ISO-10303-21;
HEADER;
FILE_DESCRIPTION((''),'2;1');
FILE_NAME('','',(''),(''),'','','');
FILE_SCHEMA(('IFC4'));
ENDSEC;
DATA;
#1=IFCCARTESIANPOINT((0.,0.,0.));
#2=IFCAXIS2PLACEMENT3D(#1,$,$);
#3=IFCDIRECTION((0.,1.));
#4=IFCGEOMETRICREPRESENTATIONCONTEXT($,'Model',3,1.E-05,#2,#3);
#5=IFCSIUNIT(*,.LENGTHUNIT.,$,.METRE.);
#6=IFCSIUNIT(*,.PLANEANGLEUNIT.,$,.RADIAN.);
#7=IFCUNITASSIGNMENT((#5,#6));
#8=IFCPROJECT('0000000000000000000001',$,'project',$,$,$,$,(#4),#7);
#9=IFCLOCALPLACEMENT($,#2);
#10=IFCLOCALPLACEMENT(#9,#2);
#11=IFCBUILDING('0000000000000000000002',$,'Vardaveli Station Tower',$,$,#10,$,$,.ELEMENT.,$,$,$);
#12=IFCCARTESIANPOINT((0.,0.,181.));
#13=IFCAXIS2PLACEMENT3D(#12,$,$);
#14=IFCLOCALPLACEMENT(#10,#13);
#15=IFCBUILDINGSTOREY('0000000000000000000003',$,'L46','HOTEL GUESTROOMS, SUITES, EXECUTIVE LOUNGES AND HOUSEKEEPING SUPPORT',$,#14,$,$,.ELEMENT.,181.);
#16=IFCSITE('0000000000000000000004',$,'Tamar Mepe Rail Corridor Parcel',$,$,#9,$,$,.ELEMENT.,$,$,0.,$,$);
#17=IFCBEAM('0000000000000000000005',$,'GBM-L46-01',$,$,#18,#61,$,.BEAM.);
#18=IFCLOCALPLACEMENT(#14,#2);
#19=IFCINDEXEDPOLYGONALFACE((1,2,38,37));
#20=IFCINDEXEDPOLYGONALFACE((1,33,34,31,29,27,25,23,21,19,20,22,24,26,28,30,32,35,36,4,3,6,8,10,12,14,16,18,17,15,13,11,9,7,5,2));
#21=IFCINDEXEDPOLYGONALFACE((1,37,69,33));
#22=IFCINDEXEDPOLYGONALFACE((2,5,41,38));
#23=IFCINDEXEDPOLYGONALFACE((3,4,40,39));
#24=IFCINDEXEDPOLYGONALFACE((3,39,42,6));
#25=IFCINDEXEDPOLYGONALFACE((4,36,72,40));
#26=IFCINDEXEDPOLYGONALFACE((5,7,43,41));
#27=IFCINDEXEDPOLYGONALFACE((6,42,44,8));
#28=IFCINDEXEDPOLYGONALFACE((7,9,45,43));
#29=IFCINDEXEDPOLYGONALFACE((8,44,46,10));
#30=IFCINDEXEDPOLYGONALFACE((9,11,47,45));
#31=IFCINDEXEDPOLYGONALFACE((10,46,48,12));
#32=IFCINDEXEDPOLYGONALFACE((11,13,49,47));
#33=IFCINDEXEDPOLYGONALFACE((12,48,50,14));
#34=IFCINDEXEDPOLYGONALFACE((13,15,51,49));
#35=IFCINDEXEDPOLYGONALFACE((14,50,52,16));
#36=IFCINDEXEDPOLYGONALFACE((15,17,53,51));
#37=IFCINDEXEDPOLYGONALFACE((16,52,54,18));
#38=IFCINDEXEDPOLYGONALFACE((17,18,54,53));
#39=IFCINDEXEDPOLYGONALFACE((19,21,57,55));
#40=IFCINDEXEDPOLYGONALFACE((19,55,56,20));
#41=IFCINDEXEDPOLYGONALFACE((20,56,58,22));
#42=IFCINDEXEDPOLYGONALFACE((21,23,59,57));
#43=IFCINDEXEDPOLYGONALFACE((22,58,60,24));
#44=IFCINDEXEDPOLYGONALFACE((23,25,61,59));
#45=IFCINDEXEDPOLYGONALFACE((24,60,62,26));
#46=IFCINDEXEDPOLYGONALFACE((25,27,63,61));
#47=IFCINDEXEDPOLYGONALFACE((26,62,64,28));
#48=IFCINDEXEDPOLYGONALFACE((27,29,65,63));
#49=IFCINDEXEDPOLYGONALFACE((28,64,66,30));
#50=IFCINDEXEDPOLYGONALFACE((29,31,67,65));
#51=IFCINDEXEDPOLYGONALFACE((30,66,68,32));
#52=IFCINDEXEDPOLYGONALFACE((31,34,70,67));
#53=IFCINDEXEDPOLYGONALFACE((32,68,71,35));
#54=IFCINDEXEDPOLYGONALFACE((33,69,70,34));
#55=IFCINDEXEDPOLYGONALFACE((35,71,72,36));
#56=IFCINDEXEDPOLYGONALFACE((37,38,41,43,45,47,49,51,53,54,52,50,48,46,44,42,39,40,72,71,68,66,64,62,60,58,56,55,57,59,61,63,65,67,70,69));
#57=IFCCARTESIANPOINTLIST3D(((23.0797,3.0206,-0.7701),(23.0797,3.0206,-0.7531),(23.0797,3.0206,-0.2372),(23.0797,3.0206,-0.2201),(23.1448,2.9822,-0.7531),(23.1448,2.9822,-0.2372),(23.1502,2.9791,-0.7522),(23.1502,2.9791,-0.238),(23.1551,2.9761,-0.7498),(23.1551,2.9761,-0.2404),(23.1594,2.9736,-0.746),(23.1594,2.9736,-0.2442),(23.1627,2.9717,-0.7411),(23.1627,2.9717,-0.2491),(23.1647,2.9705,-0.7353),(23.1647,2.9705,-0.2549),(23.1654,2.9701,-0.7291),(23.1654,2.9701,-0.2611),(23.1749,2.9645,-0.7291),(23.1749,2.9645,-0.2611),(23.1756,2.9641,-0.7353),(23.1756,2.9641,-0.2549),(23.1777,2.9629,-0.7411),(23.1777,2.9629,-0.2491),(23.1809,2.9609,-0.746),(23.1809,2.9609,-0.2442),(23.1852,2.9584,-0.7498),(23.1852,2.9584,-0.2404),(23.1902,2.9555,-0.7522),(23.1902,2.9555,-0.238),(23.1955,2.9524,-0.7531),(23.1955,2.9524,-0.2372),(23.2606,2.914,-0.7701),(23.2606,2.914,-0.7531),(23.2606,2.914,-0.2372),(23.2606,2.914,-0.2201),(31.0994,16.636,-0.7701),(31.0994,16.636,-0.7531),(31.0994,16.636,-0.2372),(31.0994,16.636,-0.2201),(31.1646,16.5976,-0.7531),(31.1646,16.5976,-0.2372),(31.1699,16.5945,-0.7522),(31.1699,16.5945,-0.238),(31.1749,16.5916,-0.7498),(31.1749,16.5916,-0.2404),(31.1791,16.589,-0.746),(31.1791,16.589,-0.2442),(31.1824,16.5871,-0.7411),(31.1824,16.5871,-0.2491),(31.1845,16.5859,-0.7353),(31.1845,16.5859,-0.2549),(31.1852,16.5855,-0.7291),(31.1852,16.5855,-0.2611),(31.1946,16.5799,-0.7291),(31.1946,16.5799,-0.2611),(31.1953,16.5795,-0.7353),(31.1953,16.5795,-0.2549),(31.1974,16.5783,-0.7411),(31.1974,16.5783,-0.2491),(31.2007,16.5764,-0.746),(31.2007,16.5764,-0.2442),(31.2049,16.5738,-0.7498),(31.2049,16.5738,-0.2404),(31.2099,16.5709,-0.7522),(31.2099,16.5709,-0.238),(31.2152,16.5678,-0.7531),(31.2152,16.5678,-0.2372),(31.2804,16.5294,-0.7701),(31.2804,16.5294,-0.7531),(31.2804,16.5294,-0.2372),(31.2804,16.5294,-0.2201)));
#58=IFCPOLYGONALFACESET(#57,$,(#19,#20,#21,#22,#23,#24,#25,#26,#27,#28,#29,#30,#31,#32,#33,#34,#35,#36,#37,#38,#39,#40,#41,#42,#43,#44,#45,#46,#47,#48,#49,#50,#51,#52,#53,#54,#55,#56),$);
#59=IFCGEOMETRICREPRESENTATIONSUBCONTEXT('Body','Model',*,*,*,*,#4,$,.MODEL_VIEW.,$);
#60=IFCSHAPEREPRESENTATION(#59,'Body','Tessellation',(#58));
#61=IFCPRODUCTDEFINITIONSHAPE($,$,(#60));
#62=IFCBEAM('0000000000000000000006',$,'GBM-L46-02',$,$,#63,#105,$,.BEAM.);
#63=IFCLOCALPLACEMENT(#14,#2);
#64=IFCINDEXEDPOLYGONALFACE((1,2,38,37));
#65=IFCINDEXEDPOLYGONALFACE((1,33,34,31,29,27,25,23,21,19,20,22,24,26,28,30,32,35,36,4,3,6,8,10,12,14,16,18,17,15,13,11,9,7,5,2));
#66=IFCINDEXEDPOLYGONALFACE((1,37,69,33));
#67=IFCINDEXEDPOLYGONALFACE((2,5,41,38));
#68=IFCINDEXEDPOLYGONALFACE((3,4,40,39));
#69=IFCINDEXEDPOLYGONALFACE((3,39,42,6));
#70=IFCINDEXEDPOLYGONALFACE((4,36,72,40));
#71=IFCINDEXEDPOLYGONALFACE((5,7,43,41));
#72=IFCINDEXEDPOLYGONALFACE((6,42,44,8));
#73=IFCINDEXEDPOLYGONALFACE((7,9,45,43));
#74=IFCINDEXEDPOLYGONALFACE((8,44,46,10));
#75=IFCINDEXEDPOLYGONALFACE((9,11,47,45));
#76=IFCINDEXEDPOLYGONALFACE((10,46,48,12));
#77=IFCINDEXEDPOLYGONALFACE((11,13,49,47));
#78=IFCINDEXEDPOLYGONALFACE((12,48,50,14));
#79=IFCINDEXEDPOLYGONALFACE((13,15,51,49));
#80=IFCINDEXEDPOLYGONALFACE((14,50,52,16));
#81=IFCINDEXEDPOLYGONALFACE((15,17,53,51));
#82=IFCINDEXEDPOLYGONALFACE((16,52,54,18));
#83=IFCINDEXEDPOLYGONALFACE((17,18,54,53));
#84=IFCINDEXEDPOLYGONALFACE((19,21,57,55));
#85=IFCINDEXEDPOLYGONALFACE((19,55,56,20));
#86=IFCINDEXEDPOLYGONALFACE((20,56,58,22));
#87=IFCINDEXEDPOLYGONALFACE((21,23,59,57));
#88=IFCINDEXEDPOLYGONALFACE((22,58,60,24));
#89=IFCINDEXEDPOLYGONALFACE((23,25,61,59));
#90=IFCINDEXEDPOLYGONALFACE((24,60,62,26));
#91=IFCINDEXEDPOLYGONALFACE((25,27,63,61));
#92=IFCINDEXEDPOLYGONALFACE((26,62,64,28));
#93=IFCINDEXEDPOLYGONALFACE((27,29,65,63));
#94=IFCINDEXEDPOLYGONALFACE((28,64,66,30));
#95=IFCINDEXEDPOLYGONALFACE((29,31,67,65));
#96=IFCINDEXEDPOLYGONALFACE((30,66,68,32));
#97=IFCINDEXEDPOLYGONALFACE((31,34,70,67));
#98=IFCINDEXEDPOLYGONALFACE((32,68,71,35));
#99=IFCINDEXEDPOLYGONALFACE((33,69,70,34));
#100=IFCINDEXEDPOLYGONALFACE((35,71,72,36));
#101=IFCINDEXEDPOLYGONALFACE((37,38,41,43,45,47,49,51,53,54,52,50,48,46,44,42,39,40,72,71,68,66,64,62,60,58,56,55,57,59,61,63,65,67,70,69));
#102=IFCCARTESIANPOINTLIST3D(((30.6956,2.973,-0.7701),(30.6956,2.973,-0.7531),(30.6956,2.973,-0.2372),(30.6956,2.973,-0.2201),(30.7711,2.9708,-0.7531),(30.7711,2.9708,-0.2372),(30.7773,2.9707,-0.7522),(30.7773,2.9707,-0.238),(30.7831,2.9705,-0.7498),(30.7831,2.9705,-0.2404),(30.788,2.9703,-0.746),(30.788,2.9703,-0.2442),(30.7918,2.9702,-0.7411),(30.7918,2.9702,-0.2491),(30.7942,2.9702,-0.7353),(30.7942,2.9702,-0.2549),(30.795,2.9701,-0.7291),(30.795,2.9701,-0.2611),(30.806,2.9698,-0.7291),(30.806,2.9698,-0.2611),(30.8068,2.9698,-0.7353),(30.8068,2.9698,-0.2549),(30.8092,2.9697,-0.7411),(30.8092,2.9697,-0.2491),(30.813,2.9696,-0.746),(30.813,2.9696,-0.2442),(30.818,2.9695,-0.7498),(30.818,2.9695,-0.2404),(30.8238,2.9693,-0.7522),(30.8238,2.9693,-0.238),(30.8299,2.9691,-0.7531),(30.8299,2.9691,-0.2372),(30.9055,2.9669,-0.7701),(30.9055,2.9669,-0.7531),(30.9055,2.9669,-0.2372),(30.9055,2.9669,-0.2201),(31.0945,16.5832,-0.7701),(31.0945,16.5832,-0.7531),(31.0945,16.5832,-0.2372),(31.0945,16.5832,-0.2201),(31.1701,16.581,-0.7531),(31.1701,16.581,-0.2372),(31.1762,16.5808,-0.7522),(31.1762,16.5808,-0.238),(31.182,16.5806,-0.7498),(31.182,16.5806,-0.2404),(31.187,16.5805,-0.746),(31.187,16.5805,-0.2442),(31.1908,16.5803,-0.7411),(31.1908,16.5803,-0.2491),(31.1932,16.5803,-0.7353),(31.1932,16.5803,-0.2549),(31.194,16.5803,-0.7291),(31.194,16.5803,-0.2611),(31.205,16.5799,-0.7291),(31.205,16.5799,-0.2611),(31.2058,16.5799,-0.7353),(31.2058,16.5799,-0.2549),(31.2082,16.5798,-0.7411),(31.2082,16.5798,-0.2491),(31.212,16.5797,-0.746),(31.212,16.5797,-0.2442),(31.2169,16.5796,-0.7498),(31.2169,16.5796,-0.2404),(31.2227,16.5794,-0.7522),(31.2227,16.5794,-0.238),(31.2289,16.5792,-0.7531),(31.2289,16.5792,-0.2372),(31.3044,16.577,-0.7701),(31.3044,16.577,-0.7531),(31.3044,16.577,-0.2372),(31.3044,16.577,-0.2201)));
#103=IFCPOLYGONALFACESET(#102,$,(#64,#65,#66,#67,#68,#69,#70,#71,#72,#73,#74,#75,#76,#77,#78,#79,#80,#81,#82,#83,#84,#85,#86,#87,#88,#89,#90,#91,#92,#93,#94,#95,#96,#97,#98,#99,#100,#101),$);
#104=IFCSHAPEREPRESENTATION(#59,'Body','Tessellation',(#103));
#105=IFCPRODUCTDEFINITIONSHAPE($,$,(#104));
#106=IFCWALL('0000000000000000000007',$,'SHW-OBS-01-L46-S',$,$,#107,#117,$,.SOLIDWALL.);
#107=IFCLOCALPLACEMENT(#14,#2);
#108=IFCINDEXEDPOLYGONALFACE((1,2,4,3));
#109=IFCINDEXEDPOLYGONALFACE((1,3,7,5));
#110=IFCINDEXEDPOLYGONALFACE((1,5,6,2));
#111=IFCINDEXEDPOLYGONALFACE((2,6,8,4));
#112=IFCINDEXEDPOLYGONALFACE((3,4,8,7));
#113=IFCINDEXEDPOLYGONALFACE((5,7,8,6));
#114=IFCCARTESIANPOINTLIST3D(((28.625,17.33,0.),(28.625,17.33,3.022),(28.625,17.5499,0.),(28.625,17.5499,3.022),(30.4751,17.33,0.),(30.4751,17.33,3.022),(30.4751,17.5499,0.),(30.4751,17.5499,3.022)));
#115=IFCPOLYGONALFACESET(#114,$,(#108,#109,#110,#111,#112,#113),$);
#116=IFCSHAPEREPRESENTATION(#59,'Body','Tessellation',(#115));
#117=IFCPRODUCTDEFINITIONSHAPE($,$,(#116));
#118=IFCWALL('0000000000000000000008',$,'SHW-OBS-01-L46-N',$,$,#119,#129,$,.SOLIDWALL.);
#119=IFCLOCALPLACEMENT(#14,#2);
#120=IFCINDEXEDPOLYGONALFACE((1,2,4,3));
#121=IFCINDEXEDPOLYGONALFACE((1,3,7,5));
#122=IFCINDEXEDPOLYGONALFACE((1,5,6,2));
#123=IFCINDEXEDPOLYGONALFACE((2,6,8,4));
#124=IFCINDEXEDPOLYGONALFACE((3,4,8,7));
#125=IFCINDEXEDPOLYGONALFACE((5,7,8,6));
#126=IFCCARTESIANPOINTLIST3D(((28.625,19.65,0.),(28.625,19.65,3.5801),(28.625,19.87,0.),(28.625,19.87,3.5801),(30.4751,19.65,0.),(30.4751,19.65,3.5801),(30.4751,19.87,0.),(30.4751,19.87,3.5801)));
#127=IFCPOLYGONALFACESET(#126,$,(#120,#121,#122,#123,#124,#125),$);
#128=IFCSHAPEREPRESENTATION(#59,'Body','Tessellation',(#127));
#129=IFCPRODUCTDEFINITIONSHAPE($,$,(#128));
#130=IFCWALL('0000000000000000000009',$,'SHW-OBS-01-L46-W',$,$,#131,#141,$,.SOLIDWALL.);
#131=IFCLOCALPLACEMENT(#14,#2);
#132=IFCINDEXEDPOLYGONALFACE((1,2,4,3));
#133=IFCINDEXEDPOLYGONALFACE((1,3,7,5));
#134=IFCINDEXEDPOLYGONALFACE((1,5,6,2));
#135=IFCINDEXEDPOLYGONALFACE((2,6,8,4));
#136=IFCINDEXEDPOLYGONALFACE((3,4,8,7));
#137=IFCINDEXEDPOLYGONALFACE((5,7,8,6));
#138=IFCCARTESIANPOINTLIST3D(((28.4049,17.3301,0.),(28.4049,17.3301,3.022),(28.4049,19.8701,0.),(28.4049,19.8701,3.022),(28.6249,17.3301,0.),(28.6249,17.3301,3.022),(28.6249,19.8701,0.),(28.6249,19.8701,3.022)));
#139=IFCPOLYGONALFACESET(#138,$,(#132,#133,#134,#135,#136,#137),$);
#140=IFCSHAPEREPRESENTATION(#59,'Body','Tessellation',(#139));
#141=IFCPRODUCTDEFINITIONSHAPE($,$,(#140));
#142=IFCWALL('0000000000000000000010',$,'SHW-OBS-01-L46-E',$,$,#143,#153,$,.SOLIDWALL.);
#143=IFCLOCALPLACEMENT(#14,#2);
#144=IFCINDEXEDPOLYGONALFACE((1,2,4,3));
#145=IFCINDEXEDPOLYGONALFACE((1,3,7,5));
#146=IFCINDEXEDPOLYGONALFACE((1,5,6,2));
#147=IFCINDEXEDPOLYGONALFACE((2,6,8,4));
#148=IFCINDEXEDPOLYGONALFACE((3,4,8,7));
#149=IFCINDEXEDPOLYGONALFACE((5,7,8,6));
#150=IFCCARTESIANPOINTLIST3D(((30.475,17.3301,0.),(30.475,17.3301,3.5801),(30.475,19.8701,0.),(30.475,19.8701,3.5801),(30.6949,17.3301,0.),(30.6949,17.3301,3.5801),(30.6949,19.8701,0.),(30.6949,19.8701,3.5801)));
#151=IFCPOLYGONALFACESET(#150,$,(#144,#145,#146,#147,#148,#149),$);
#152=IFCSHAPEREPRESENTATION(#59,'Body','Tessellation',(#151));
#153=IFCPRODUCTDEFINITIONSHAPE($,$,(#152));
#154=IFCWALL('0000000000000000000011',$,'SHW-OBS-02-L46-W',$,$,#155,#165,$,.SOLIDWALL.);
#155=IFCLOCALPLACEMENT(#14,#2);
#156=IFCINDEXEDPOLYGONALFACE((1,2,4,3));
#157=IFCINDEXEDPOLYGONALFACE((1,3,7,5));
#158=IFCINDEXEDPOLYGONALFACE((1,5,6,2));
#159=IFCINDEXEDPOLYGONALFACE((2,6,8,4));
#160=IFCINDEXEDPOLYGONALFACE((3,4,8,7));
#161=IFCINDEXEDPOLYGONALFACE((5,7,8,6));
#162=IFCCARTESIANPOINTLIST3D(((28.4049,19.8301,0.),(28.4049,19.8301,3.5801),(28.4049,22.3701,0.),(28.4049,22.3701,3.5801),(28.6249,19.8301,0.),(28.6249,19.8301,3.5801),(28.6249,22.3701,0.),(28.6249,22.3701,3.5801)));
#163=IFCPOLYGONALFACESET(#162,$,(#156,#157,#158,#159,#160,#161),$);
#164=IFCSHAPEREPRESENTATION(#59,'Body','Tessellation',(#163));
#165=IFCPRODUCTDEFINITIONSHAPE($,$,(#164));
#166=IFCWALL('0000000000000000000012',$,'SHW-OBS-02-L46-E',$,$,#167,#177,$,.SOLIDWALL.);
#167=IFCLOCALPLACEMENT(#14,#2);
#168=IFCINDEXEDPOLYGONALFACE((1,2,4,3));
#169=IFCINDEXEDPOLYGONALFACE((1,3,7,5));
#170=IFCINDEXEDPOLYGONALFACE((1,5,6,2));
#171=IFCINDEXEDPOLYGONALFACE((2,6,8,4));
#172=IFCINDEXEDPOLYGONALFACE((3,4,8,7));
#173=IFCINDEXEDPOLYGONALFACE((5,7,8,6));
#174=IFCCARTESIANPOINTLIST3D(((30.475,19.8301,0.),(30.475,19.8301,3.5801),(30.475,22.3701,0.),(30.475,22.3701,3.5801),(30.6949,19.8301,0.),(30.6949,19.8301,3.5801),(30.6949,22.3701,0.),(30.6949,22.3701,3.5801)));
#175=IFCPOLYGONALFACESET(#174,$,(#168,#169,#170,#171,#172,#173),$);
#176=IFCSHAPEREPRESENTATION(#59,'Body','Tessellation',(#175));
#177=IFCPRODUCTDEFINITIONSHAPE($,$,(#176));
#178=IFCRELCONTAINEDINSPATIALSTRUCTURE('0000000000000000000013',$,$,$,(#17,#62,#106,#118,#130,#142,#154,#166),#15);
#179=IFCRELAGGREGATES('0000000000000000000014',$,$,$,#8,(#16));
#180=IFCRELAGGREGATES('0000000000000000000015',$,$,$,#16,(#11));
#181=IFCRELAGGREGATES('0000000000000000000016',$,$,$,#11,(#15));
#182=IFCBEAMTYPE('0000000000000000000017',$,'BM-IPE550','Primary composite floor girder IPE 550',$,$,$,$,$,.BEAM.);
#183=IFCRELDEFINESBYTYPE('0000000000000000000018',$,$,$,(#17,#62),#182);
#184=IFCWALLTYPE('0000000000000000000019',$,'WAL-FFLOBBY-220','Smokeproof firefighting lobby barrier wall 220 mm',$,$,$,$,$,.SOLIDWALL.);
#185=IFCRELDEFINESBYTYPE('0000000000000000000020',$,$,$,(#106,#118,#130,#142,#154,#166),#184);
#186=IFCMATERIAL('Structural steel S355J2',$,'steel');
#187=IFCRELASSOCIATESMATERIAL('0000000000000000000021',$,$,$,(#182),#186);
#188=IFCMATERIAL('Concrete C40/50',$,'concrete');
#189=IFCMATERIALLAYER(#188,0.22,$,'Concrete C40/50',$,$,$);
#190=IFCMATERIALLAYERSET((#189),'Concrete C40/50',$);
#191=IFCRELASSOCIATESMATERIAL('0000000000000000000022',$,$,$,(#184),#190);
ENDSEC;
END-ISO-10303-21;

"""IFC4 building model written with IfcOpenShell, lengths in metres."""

from ifc_helpers import new_model, si_unit, direction, frame, frame_2d, origin, origin_2d, place, context, subcontext, project, spatial, rectangle, i_section, extrude, source, transform, mapped, material, layer, layer_set, material_profile, profile_set, type_object, element, save


model = new_model("IFC4")

# Units and contexts
model_context = context("Model", 3, precision=1e-05, world=origin(), true_north=direction((0.0, 1.0)))
body_context = subcontext(model_context, "Body", "Model", "MODEL_VIEW")
ifc_project = project(units=[si_unit("LENGTHUNIT", "METRE"), si_unit("PLANEANGLEUNIT", "RADIAN")], contexts=[model_context])

# Site, building, storey
site_placement = place(None, origin())
site = spatial("IfcSite", under=ifc_project, at=site_placement, Name="Tamar Mepe Rail Corridor Parcel", CompositionType="ELEMENT", RefElevation=0.0)
building_placement = place(site_placement, origin())
building = spatial("IfcBuilding", under=site, at=building_placement, Name="Vardaveli Station Tower", CompositionType="ELEMENT")
storey_placement = place(building_placement, frame((0.0, 0.0, 181.0)))
storey = spatial("IfcBuildingStorey", under=building, at=storey_placement, Name="L46", Description="HOTEL GUESTROOMS, SUITES, EXECUTIVE LOUNGES AND HOUSEKEEPING SUPPORT", CompositionType="ELEMENT", Elevation=181.0)

# Beams
ifc_material_1 = material(Name="Structural steel S355J2", Category="steel")
ifc_material_profile_1 = material_profile(ifc_material_1, i_section(OverallWidth=0.21, OverallDepth=0.55, WebThickness=0.011, FlangeThickness=0.0171, FilletRadius=0.0239, at=origin_2d()), Name="IPE 550")
ifc_profile_set_1 = profile_set([ifc_material_profile_1], Name="Structural steel S355J2")
beam_type_1 = type_object("IfcBeamType", Name="BM-IPE550", Description="Primary composite floor girder IPE 550", PredefinedType="BEAM", material=ifc_profile_set_1)
shared_shape_1 = source(origin(), body_context, "Body", "SweptSolid", [
    extrude(i_section(OverallWidth=0.21, OverallDepth=0.55, WebThickness=0.011, FlangeThickness=0.0171, FilletRadius=0.0239, at=origin_2d()), origin(), (0.0, 0.0, 1.0), 15.8018),
])
beam_1_placement = place(storey_placement, frame((23.1702, 2.9673, -0.4951), z_axis=(0.507522, 0.861639, 0.0), x_axis=(-0.861639, 0.507522, 0.0)))
element("IfcBeam", 1, at=beam_1_placement, inside=storey, type_object=beam_type_1, Name="GBM-L46-01", PredefinedType="BEAM", context=body_context, shape_type="MappedRepresentation", body=[
    mapped(shared_shape_1, transform((0.0, 0.0, 0.0), scale=1.0)),
])
shared_shape_2 = source(origin(), body_context, "Body", "SweptSolid", [
    extrude(i_section(OverallWidth=0.21, OverallDepth=0.55, WebThickness=0.011, FlangeThickness=0.0171, FilletRadius=0.0239, at=origin_2d()), origin(), (0.0, 0.0, 1.0), 13.616),
])
beam_2_placement = place(storey_placement, frame((30.8005, 2.97, -0.4951), z_axis=(0.029298, 0.999571, 0.0), x_axis=(-0.999571, 0.029298, 0.0)))
element("IfcBeam", 2, at=beam_2_placement, inside=storey, type_object=beam_type_1, Name="GBM-L46-02", PredefinedType="BEAM", context=body_context, shape_type="MappedRepresentation", body=[
    mapped(shared_shape_2, transform((0.0, 0.0, 0.0), scale=1.0)),
])

# Walls
ifc_material_2 = material(Name="Concrete C40/50", Category="concrete")
ifc_layer_1 = layer(ifc_material_2, 0.22, Name="Concrete C40/50")
ifc_layer_set_1 = layer_set([ifc_layer_1], Name="Concrete C40/50")
wall_type_1 = type_object("IfcWallType", Name="WAL-FFLOBBY-220", Description="Smokeproof firefighting lobby barrier wall 220 mm", PredefinedType="SOLIDWALL", material=ifc_layer_set_1)
shared_shape_3 = source(origin(), body_context, "Body", "SweptSolid", [
    extrude(rectangle(XDim=1.8501, YDim=0.22, at=frame_2d((0.925, 0.0))), origin(), (0.0, 0.0, 1.0), 3.022),
])
wall_1_placement = place(storey_placement, frame((28.625, 17.4399, 0.0), z_axis=(0.0, 0.0, 1.0), x_axis=(1.0, 0.0, 0.0)))
element("IfcWall", 3, at=wall_1_placement, inside=storey, type_object=wall_type_1, Name="SHW-OBS-01-L46-S", PredefinedType="SOLIDWALL", context=body_context, shape_type="MappedRepresentation", body=[
    mapped(shared_shape_3, transform((0.0, 0.0, 0.0), scale=1.0)),
])
shared_shape_4 = source(origin(), body_context, "Body", "SweptSolid", [
    extrude(rectangle(XDim=1.8501, YDim=0.22, at=frame_2d((0.925, 0.0))), origin(), (0.0, 0.0, 1.0), 3.5801),
])
wall_2_placement = place(storey_placement, frame((28.625, 19.76, 0.0), z_axis=(0.0, 0.0, 1.0), x_axis=(1.0, 0.0, 0.0)))
element("IfcWall", 4, at=wall_2_placement, inside=storey, type_object=wall_type_1, Name="SHW-OBS-01-L46-N", PredefinedType="SOLIDWALL", context=body_context, shape_type="MappedRepresentation", body=[
    mapped(shared_shape_4, transform((0.0, 0.0, 0.0), scale=1.0)),
])
shared_shape_5 = source(origin(), body_context, "Body", "SweptSolid", [
    extrude(rectangle(XDim=2.54, YDim=0.22, at=frame_2d((1.27, 0.0))), origin(), (0.0, 0.0, 1.0), 3.022),
])
wall_3_placement = place(storey_placement, frame((28.5149, 17.3301, 0.0), z_axis=(0.0, 0.0, 1.0), x_axis=(0.0, 1.0, 0.0)))
element("IfcWall", 5, at=wall_3_placement, inside=storey, type_object=wall_type_1, Name="SHW-OBS-01-L46-W", PredefinedType="SOLIDWALL", context=body_context, shape_type="MappedRepresentation", body=[
    mapped(shared_shape_5, transform((0.0, 0.0, 0.0), scale=1.0)),
])
shared_shape_6 = source(origin(), body_context, "Body", "SweptSolid", [
    extrude(rectangle(XDim=2.54, YDim=0.22, at=frame_2d((1.27, 0.0))), origin(), (0.0, 0.0, 1.0), 3.5801),
])
for number, where, z_axis, x_axis, name in (
    (6, (30.585, 17.3301, 0.0), (0.0, 0.0, 1.0), (0.0, 1.0, 0.0), "SHW-OBS-01-L46-E"),
    (7, (28.5149, 19.8301, 0.0), (0.0, 0.0, 1.0), (0.0, 1.0, 0.0), "SHW-OBS-02-L46-W"),
    (8, (30.585, 19.8301, 0.0), (0.0, 0.0, 1.0), (0.0, 1.0, 0.0), "SHW-OBS-02-L46-E"),
):
    element("IfcWall", number, at=place(storey_placement, frame(where, z_axis=z_axis, x_axis=x_axis)), inside=storey, type_object=wall_type_1, Name=name, PredefinedType="SOLIDWALL", context=body_context, shape_type="MappedRepresentation", body=[
        mapped(shared_shape_6, transform((0.0, 0.0, 0.0), scale=1.0)),
    ])

save(model, "model.ifc")
